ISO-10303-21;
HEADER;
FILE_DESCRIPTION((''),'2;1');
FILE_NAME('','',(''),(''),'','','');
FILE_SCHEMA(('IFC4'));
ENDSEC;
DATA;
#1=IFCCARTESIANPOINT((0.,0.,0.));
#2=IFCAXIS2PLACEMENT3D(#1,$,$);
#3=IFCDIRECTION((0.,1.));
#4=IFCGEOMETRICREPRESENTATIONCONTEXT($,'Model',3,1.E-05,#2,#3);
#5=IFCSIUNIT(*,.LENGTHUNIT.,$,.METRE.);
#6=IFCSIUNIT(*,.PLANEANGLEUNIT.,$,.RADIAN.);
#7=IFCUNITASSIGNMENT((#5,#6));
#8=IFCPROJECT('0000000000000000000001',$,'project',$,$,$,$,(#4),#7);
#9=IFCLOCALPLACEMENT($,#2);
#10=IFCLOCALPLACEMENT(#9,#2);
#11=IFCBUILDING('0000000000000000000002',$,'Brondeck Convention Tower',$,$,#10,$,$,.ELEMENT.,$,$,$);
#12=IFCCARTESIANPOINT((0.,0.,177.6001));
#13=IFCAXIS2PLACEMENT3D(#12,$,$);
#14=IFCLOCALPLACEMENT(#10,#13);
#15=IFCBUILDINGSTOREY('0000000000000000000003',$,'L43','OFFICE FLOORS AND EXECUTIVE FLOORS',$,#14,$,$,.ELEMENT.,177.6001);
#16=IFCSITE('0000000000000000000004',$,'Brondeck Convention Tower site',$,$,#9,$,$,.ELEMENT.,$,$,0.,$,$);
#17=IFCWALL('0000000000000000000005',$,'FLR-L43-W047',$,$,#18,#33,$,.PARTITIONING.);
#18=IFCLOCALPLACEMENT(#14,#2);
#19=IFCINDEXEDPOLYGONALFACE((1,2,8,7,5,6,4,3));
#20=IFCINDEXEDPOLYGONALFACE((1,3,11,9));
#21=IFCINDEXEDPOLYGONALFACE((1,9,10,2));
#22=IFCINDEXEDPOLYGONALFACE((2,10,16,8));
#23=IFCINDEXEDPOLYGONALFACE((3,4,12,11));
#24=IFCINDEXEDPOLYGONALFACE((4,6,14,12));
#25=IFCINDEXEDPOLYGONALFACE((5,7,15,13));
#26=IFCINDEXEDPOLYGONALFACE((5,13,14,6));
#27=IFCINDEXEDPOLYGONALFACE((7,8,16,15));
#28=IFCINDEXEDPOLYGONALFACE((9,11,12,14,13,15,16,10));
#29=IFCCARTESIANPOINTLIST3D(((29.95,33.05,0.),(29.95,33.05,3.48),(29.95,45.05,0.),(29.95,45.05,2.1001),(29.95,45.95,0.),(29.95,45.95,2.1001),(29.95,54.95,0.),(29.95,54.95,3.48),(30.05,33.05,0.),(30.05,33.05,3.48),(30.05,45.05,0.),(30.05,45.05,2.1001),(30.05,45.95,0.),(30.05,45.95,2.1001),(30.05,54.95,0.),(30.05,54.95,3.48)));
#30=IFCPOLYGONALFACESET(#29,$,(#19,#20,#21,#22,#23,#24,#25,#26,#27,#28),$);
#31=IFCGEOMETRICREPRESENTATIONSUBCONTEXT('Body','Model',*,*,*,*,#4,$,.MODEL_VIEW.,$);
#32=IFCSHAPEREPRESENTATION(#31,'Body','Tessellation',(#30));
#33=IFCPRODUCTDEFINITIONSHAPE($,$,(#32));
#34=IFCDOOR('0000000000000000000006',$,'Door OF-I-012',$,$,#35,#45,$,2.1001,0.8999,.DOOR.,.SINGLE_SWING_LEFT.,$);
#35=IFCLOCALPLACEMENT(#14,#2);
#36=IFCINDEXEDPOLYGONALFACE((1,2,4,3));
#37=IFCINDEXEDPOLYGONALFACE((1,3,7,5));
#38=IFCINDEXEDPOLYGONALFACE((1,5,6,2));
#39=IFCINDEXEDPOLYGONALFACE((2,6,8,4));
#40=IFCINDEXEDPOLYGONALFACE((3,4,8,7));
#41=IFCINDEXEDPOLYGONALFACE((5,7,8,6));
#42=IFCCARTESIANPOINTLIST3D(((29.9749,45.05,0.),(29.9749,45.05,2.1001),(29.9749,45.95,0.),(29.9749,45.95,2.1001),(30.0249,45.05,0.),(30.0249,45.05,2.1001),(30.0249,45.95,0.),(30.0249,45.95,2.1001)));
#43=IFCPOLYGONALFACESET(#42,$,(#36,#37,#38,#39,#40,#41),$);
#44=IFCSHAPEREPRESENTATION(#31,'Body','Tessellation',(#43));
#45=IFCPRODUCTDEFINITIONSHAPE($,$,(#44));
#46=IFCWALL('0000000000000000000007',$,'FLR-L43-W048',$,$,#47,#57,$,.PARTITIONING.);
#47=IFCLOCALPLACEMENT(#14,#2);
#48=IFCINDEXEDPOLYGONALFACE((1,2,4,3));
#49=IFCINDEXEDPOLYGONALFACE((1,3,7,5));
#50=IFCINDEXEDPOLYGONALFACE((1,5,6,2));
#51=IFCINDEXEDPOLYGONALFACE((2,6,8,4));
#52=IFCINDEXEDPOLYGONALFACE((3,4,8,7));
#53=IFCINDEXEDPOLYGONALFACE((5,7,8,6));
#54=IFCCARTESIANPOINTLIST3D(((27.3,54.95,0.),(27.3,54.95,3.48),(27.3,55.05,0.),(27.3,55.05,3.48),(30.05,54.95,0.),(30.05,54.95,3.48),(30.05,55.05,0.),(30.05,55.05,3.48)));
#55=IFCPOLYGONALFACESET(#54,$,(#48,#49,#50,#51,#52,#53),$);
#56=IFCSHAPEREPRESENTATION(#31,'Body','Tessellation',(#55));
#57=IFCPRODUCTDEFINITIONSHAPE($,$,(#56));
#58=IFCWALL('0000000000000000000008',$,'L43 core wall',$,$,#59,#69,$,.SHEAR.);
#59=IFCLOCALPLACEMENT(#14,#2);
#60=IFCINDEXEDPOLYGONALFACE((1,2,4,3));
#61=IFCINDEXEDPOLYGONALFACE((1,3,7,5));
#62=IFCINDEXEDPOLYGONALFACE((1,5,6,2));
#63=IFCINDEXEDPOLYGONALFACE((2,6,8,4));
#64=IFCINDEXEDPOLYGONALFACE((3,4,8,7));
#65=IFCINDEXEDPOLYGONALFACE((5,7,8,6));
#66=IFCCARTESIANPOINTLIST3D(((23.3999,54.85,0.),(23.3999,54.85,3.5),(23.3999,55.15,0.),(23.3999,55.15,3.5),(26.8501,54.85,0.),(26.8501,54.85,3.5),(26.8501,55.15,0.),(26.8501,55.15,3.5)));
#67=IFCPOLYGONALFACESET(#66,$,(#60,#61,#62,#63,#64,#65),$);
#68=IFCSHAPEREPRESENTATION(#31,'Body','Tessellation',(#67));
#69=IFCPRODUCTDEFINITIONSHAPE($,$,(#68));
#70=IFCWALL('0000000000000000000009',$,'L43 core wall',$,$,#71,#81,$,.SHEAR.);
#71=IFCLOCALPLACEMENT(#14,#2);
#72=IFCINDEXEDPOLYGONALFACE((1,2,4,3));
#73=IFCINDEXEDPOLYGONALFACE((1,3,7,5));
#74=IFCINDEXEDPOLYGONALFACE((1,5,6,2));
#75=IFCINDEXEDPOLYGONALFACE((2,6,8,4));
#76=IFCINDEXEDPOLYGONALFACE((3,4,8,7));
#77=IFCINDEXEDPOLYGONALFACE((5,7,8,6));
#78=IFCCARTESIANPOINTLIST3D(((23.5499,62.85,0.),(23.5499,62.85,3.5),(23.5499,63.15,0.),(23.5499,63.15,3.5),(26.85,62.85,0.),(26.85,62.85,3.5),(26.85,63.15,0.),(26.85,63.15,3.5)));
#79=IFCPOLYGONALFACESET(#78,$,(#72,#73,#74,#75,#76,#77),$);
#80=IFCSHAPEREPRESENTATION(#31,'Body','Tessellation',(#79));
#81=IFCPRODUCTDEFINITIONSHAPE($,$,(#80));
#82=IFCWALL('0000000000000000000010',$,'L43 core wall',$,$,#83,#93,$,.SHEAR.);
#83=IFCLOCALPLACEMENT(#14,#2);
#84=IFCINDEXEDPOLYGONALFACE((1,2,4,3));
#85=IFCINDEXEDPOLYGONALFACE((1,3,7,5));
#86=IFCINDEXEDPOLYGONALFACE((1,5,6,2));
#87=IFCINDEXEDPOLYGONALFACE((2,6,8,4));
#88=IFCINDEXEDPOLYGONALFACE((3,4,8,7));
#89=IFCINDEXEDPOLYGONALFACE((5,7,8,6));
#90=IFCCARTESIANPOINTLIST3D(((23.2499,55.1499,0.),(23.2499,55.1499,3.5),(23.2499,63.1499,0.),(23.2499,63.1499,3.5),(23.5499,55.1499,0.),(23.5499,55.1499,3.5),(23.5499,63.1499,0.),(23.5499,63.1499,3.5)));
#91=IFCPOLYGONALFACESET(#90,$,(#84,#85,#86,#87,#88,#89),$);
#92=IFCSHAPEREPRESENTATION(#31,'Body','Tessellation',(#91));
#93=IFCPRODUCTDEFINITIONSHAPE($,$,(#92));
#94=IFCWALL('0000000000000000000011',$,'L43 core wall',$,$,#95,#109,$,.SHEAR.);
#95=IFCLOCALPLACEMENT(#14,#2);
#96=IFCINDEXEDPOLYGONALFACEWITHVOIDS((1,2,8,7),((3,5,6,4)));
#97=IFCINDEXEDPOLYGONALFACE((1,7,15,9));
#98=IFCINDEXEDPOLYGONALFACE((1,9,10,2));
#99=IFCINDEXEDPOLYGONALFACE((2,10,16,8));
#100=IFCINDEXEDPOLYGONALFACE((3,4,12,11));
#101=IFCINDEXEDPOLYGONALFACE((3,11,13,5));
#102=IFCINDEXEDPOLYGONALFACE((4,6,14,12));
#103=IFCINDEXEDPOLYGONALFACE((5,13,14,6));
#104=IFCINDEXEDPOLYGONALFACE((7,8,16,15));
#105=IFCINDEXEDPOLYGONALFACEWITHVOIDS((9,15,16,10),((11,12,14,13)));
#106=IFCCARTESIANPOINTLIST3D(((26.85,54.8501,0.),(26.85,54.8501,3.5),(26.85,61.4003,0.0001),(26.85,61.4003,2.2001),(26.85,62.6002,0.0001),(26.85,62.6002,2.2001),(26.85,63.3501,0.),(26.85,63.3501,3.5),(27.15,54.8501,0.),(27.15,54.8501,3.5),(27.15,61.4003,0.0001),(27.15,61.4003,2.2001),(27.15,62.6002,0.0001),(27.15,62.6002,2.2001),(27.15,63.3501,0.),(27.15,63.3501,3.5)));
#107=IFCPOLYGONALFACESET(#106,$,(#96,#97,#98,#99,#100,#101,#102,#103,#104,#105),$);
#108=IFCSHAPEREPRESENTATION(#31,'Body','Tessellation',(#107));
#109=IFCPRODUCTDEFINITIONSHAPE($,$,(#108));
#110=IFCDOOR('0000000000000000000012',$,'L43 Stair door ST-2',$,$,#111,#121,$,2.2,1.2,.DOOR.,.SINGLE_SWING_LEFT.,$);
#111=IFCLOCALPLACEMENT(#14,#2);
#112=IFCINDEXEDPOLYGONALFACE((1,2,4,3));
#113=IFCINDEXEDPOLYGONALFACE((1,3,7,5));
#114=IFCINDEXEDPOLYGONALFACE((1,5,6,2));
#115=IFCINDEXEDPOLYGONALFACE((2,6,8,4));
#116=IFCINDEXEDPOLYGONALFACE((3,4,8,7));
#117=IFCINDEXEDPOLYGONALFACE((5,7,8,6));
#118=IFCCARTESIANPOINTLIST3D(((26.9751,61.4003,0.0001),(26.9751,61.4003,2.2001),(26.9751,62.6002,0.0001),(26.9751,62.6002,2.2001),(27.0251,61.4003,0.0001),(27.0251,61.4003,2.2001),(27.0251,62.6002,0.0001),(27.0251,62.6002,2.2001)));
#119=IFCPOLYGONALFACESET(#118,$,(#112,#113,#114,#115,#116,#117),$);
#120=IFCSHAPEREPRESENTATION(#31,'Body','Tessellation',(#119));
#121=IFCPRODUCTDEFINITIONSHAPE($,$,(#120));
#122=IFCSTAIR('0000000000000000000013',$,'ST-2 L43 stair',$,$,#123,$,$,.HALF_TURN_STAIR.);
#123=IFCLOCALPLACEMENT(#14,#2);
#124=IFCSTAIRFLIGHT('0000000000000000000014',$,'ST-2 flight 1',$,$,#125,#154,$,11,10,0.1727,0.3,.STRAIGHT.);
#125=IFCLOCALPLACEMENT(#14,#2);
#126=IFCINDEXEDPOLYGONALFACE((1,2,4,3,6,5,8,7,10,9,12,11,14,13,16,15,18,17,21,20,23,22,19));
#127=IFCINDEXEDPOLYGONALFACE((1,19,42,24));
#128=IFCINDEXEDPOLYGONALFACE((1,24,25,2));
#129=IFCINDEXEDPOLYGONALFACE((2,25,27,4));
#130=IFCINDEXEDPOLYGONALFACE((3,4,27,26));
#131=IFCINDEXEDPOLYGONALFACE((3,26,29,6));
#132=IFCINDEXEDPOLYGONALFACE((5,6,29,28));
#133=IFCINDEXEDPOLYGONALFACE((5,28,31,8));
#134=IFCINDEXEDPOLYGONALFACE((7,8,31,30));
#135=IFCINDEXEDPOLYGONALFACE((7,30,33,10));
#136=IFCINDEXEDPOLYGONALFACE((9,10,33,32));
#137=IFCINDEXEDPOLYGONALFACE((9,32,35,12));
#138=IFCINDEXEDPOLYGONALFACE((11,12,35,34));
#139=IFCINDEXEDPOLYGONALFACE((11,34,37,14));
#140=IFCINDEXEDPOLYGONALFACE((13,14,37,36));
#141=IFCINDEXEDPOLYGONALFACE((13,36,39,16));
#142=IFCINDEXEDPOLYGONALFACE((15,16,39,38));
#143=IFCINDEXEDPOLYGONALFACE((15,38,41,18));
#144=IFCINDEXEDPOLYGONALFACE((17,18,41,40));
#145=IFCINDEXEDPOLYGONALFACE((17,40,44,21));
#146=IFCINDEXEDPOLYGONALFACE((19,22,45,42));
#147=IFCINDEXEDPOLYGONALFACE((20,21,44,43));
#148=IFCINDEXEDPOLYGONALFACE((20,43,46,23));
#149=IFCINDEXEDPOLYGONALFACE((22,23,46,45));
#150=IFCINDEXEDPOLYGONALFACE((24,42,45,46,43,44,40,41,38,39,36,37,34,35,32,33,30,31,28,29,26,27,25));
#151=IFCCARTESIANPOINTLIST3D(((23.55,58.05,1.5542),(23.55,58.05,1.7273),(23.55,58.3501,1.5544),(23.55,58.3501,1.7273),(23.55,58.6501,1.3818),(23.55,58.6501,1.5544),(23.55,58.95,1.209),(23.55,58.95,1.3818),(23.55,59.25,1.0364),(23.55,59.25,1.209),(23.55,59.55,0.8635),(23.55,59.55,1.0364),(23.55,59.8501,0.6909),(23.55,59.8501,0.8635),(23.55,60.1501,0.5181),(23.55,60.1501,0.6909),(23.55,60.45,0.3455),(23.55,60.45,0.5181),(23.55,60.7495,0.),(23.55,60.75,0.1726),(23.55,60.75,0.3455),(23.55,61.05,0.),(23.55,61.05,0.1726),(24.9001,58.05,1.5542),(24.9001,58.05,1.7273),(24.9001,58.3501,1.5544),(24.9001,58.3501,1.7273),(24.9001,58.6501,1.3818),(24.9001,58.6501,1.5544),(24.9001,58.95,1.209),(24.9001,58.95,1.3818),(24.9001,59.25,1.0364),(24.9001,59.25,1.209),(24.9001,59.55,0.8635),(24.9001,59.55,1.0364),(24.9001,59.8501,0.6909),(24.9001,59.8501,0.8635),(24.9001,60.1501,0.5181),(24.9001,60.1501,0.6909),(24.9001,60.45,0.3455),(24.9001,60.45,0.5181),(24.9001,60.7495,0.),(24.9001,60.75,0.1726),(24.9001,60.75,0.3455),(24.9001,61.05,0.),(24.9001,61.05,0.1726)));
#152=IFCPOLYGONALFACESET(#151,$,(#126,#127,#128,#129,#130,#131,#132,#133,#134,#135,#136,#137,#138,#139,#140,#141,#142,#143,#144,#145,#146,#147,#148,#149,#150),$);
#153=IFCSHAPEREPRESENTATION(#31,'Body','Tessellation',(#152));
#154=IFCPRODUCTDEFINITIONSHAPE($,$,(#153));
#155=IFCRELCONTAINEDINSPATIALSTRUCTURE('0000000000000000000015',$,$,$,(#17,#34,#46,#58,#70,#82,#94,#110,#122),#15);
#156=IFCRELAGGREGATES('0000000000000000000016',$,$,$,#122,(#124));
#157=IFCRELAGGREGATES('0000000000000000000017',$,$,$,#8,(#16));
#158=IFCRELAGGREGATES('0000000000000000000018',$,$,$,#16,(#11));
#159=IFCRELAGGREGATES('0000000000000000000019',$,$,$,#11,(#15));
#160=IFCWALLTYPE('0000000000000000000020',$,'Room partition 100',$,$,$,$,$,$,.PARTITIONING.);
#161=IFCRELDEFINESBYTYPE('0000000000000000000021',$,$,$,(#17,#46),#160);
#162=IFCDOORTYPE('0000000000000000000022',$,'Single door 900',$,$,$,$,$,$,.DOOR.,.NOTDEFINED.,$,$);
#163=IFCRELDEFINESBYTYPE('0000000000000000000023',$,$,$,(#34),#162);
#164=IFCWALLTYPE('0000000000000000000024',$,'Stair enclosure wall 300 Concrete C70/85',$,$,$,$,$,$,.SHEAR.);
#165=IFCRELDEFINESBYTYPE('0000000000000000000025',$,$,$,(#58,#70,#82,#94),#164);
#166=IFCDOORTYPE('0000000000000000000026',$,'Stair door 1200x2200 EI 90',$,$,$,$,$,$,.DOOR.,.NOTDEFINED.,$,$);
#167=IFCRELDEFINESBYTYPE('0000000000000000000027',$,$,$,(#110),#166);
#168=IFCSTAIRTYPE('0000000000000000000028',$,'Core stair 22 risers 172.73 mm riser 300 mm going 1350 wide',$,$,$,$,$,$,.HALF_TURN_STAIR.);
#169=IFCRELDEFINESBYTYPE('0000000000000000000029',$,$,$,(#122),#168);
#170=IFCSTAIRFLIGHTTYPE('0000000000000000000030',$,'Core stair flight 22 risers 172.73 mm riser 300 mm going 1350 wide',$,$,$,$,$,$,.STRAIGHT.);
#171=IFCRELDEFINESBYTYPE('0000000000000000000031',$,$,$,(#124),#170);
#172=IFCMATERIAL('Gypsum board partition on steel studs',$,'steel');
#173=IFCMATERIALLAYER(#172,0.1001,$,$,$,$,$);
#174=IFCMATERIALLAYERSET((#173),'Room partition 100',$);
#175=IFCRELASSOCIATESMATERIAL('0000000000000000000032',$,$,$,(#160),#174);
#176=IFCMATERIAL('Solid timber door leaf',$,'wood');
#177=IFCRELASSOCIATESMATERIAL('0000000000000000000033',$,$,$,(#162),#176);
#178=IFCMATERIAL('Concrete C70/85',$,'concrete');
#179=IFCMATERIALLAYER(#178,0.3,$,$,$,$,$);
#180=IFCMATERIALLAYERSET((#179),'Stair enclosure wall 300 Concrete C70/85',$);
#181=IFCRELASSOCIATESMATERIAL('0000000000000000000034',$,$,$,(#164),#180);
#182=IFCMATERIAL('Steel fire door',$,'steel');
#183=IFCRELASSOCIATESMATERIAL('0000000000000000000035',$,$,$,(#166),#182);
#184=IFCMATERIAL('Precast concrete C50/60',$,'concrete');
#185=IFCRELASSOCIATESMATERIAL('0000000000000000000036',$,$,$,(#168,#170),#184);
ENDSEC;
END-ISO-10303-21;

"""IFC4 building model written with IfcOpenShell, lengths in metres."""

from ifc_helpers import new_model, si_unit, direction, frame, frame_2d, origin, place, context, subcontext, project, spatial, polyline, rectangle, outline, extrude, material, layer, layer_set, type_object, element, fill, aggregate, save


model = new_model("IFC4")

# Units and contexts
model_context = context("Model", 3, precision=1e-05, world=origin(), true_north=direction((0.0, 1.0)))
body_context = subcontext(model_context, "Body", "Model", "MODEL_VIEW")
ifc_project = project(units=[si_unit("LENGTHUNIT", "METRE"), si_unit("PLANEANGLEUNIT", "RADIAN")], contexts=[model_context])

# Site, building, storey
site_placement = place(None, origin())
site = spatial("IfcSite", under=ifc_project, at=site_placement, Name="Brondeck Convention Tower site", CompositionType="ELEMENT", RefElevation=0.0)
building_placement = place(site_placement, origin())
building = spatial("IfcBuilding", under=site, at=building_placement, Name="Brondeck Convention Tower", CompositionType="ELEMENT")
storey_placement = place(building_placement, frame((0.0, 0.0, 177.6001)))
storey = spatial("IfcBuildingStorey", under=building, at=storey_placement, Name="L43", Description="OFFICE FLOORS AND EXECUTIVE FLOORS", CompositionType="ELEMENT", Elevation=177.6001)

# Shared definitions
ifc_material_1 = material(Name="Concrete C70/85", Category="concrete")

# Shared definitions
ifc_material_2 = material(Name="Steel fire door", Category="steel")

# Wall, opening, door
ifc_material_3 = material(Name="Gypsum board partition on steel studs", Category="steel")
ifc_layer_1 = layer(ifc_material_3, 0.1001)
ifc_layer_set_1 = layer_set([ifc_layer_1], Name="Room partition 100")
wall_type_1 = type_object("IfcWallType", Name="Room partition 100", PredefinedType="PARTITIONING", material=ifc_layer_set_1)
wall_1_placement = place(storey_placement, frame((30.0, 54.95, 0.0), z_axis=(0.0, 0.0, 1.0), x_axis=(0.0, -1.0, 0.0)))
wall_1 = element("IfcWall", 1, at=wall_1_placement, inside=storey, type_object=wall_type_1, Name="FLR-L43-W047", PredefinedType="PARTITIONING", context=body_context, shape_type="SweptSolid", body=[
    extrude(rectangle(XDim=21.8999, YDim=0.1001, at=frame_2d((10.95, 0.0))), origin(), (0.0, 0.0, 1.0), 3.48),
])
opening_1_placement = place(wall_1_placement, frame((9.0, 0.0, 0.0)))
opening_1 = element("IfcOpeningElement", 2, at=opening_1_placement, cuts=wall_1, PredefinedType="OPENING", context=body_context, shape_type="SweptSolid", body=[
    extrude(rectangle(XDim=0.8999, YDim=2.1001, at=frame_2d((0.45, 1.05))), frame((0.0, 0.0601, 0.0), z_axis=(0.0, -1.0, 0.0), x_axis=(1.0, 0.0, 0.0)), (0.0, 0.0, 1.0), 0.1201),
])
ifc_material_4 = material(Name="Solid timber door leaf", Category="wood")
door_type_1 = type_object("IfcDoorType", Name="Single door 900", OperationType="NOTDEFINED", PredefinedType="DOOR", material=ifc_material_4)
door_1_placement = place(opening_1_placement, origin())
door_1 = element("IfcDoor", 3, at=door_1_placement, inside=storey, type_object=door_type_1, Name="Door OF-I-012", OperationType="SINGLE_SWING_LEFT", OverallHeight=2.1001, OverallWidth=0.8999, PredefinedType="DOOR", context=body_context, shape_type="SweptSolid", body=[
    extrude(rectangle(XDim=0.8999, YDim=2.1001, at=frame_2d((0.45, 1.05))), frame((0.0, 0.0249, 0.0), z_axis=(0.0, -1.0, 0.0), x_axis=(1.0, 0.0, 0.0)), (0.0, 0.0, 1.0), 0.05),
])
fill(opening_1, door_1)

# Walls
wall_2_placement = place(storey_placement, frame((27.3, 55.0, 0.0), z_axis=(0.0, 0.0, 1.0), x_axis=(1.0, 0.0, 0.0)))
element("IfcWall", 4, at=wall_2_placement, inside=storey, type_object=wall_type_1, Name="FLR-L43-W048", PredefinedType="PARTITIONING", context=body_context, shape_type="SweptSolid", body=[
    extrude(rectangle(XDim=2.75, YDim=0.1001, at=frame_2d((1.375, 0.0))), origin(), (0.0, 0.0, 1.0), 3.48),
])
ifc_layer_2 = layer(ifc_material_1, 0.3)
ifc_layer_set_2 = layer_set([ifc_layer_2], Name="Stair enclosure wall 300 Concrete C70/85")
wall_type_2 = type_object("IfcWallType", Name="Stair enclosure wall 300 Concrete C70/85", PredefinedType="SHEAR", material=ifc_layer_set_2)
wall_3_placement = place(storey_placement, frame((23.3999, 55.0, 0.0), z_axis=(0.0, 0.0, 1.0), x_axis=(1.0, 0.0, 0.0)))
element("IfcWall", 5, at=wall_3_placement, inside=storey, type_object=wall_type_2, Name="L43 core wall", PredefinedType="SHEAR", context=body_context, shape_type="SweptSolid", body=[
    extrude(rectangle(XDim=3.4502, YDim=0.3, at=frame_2d((1.7251, 0.0))), origin(), (0.0, 0.0, 1.0), 3.5),
])
wall_4_placement = place(storey_placement, frame((23.55, 63.0, 0.0), z_axis=(0.0, 0.0, 1.0), x_axis=(1.0, 0.0, 0.0)))
element("IfcWall", 6, at=wall_4_placement, inside=storey, type_object=wall_type_2, Name="L43 core wall", PredefinedType="SHEAR", context=body_context, shape_type="SweptSolid", body=[
    extrude(rectangle(XDim=3.3, YDim=0.3, at=frame_2d((1.6499, 0.0))), origin(), (0.0, 0.0, 1.0), 3.5),
])
wall_5_placement = place(storey_placement, frame((23.3999, 55.1499, 0.0), z_axis=(0.0, 0.0, 1.0), x_axis=(0.0, 1.0, 0.0)))
element("IfcWall", 7, at=wall_5_placement, inside=storey, type_object=wall_type_2, Name="L43 core wall", PredefinedType="SHEAR", context=body_context, shape_type="SweptSolid", body=[
    extrude(rectangle(XDim=8.0, YDim=0.3, at=frame_2d((4.0, 0.0))), origin(), (0.0, 0.0, 1.0), 3.5),
])

# Wall, opening, door
wall_6_placement = place(storey_placement, frame((27.0, 54.8501, 0.0), z_axis=(0.0, 0.0, 1.0), x_axis=(0.0, 1.0, 0.0)))
wall_6 = element("IfcWall", 8, at=wall_6_placement, inside=storey, type_object=wall_type_2, Name="L43 core wall", PredefinedType="SHEAR", context=body_context, shape_type="SweptSolid", body=[
    extrude(rectangle(XDim=8.5, YDim=0.3, at=frame_2d((4.25, 0.0))), origin(), (0.0, 0.0, 1.0), 3.5),
])
opening_2_placement = place(wall_6_placement, frame((6.55, 0.0, 0.0)))
opening_2 = element("IfcOpeningElement", 9, at=opening_2_placement, cuts=wall_6, PredefinedType="OPENING", context=body_context, shape_type="SweptSolid", body=[
    extrude(rectangle(XDim=1.2, YDim=2.2, at=frame_2d((0.6001, 1.1001))), frame((0.0, 0.1599, 0.0), z_axis=(0.0, -1.0, 0.0), x_axis=(1.0, 0.0, 0.0)), (0.0, 0.0, 1.0), 0.3201),
])
door_type_2 = type_object("IfcDoorType", Name="Stair door 1200x2200 EI 90", OperationType="NOTDEFINED", PredefinedType="DOOR", material=ifc_material_2)
door_2_placement = place(opening_2_placement, origin())
door_2 = element("IfcDoor", 10, at=door_2_placement, inside=storey, type_object=door_type_2, Name="L43 Stair door ST-2", OperationType="SINGLE_SWING_LEFT", OverallHeight=2.2, OverallWidth=1.2, PredefinedType="DOOR", context=body_context, shape_type="SweptSolid", body=[
    extrude(rectangle(XDim=1.2, YDim=2.2, at=frame_2d((0.6001, 1.1001))), frame((0.0, 0.0249, 0.0), z_axis=(0.0, -1.0, 0.0), x_axis=(1.0, 0.0, 0.0)), (0.0, 0.0, 1.0), 0.05),
])
fill(opening_2, door_2)

# Stair, stair flight
ifc_material_5 = material(Name="Precast concrete C50/60", Category="concrete")
stair_type = type_object("IfcStairType", Name="Core stair 22 risers 172.73 mm riser 300 mm going 1350 wide", PredefinedType="HALF_TURN_STAIR", material=ifc_material_5)
stair_placement = place(storey_placement, origin())
stair = element("IfcStair", 11, at=stair_placement, inside=storey, type_object=stair_type, Name="ST-2 L43 stair", PredefinedType="HALF_TURN_STAIR")
stair_flight_type = type_object("IfcStairFlightType", Name="Core stair flight 22 risers 172.73 mm riser 300 mm going 1350 wide", PredefinedType="STRAIGHT", material=ifc_material_5)
stair_flight_1_placement = place(storey_placement, frame((24.2251, 61.05, 0.0), z_axis=(0.0, 0.0, 1.0), x_axis=(0.0, -1.0, 0.0)))
stair_flight_1 = element("IfcStairFlight", 12, at=stair_flight_1_placement, type_object=stair_flight_type, Name="ST-2 flight 1", NumberOfRisers=11, NumberOfTreads=10, PredefinedType="STRAIGHT", RiserHeight=0.1727, TreadLength=0.3, context=body_context, shape_type="SweptSolid", body=[
    extrude(outline(polyline([(0.0, 0.0), (0.0, 0.1726), (0.3, 0.1726), (0.3, 0.3455), (0.6001, 0.3455), (0.6001, 0.5181), (0.8999, 0.5181), (0.8999, 0.6909), (1.2, 0.6909), (1.2, 0.8635), (1.5, 0.8635), (1.5, 1.0364), (1.8, 1.0364), (1.8, 1.209), (2.1001, 1.209), (2.1001, 1.3818), (2.3999, 1.3818), (2.3999, 1.5544), (2.7, 1.5544), (2.7, 1.7273), (3.0, 1.7273), (3.0, 1.8999), (3.0, 1.5542), (0.3005, 0.0), (0.0, 0.0)])), frame((0.0, 0.675, 0.0), z_axis=(0.0, -1.0, 0.0), x_axis=(1.0, 0.0, 0.0)), (0.0, 0.0, 1.0), 1.3501),
])
aggregate(stair, [stair_flight_1])

save(model, "model.ifc")
